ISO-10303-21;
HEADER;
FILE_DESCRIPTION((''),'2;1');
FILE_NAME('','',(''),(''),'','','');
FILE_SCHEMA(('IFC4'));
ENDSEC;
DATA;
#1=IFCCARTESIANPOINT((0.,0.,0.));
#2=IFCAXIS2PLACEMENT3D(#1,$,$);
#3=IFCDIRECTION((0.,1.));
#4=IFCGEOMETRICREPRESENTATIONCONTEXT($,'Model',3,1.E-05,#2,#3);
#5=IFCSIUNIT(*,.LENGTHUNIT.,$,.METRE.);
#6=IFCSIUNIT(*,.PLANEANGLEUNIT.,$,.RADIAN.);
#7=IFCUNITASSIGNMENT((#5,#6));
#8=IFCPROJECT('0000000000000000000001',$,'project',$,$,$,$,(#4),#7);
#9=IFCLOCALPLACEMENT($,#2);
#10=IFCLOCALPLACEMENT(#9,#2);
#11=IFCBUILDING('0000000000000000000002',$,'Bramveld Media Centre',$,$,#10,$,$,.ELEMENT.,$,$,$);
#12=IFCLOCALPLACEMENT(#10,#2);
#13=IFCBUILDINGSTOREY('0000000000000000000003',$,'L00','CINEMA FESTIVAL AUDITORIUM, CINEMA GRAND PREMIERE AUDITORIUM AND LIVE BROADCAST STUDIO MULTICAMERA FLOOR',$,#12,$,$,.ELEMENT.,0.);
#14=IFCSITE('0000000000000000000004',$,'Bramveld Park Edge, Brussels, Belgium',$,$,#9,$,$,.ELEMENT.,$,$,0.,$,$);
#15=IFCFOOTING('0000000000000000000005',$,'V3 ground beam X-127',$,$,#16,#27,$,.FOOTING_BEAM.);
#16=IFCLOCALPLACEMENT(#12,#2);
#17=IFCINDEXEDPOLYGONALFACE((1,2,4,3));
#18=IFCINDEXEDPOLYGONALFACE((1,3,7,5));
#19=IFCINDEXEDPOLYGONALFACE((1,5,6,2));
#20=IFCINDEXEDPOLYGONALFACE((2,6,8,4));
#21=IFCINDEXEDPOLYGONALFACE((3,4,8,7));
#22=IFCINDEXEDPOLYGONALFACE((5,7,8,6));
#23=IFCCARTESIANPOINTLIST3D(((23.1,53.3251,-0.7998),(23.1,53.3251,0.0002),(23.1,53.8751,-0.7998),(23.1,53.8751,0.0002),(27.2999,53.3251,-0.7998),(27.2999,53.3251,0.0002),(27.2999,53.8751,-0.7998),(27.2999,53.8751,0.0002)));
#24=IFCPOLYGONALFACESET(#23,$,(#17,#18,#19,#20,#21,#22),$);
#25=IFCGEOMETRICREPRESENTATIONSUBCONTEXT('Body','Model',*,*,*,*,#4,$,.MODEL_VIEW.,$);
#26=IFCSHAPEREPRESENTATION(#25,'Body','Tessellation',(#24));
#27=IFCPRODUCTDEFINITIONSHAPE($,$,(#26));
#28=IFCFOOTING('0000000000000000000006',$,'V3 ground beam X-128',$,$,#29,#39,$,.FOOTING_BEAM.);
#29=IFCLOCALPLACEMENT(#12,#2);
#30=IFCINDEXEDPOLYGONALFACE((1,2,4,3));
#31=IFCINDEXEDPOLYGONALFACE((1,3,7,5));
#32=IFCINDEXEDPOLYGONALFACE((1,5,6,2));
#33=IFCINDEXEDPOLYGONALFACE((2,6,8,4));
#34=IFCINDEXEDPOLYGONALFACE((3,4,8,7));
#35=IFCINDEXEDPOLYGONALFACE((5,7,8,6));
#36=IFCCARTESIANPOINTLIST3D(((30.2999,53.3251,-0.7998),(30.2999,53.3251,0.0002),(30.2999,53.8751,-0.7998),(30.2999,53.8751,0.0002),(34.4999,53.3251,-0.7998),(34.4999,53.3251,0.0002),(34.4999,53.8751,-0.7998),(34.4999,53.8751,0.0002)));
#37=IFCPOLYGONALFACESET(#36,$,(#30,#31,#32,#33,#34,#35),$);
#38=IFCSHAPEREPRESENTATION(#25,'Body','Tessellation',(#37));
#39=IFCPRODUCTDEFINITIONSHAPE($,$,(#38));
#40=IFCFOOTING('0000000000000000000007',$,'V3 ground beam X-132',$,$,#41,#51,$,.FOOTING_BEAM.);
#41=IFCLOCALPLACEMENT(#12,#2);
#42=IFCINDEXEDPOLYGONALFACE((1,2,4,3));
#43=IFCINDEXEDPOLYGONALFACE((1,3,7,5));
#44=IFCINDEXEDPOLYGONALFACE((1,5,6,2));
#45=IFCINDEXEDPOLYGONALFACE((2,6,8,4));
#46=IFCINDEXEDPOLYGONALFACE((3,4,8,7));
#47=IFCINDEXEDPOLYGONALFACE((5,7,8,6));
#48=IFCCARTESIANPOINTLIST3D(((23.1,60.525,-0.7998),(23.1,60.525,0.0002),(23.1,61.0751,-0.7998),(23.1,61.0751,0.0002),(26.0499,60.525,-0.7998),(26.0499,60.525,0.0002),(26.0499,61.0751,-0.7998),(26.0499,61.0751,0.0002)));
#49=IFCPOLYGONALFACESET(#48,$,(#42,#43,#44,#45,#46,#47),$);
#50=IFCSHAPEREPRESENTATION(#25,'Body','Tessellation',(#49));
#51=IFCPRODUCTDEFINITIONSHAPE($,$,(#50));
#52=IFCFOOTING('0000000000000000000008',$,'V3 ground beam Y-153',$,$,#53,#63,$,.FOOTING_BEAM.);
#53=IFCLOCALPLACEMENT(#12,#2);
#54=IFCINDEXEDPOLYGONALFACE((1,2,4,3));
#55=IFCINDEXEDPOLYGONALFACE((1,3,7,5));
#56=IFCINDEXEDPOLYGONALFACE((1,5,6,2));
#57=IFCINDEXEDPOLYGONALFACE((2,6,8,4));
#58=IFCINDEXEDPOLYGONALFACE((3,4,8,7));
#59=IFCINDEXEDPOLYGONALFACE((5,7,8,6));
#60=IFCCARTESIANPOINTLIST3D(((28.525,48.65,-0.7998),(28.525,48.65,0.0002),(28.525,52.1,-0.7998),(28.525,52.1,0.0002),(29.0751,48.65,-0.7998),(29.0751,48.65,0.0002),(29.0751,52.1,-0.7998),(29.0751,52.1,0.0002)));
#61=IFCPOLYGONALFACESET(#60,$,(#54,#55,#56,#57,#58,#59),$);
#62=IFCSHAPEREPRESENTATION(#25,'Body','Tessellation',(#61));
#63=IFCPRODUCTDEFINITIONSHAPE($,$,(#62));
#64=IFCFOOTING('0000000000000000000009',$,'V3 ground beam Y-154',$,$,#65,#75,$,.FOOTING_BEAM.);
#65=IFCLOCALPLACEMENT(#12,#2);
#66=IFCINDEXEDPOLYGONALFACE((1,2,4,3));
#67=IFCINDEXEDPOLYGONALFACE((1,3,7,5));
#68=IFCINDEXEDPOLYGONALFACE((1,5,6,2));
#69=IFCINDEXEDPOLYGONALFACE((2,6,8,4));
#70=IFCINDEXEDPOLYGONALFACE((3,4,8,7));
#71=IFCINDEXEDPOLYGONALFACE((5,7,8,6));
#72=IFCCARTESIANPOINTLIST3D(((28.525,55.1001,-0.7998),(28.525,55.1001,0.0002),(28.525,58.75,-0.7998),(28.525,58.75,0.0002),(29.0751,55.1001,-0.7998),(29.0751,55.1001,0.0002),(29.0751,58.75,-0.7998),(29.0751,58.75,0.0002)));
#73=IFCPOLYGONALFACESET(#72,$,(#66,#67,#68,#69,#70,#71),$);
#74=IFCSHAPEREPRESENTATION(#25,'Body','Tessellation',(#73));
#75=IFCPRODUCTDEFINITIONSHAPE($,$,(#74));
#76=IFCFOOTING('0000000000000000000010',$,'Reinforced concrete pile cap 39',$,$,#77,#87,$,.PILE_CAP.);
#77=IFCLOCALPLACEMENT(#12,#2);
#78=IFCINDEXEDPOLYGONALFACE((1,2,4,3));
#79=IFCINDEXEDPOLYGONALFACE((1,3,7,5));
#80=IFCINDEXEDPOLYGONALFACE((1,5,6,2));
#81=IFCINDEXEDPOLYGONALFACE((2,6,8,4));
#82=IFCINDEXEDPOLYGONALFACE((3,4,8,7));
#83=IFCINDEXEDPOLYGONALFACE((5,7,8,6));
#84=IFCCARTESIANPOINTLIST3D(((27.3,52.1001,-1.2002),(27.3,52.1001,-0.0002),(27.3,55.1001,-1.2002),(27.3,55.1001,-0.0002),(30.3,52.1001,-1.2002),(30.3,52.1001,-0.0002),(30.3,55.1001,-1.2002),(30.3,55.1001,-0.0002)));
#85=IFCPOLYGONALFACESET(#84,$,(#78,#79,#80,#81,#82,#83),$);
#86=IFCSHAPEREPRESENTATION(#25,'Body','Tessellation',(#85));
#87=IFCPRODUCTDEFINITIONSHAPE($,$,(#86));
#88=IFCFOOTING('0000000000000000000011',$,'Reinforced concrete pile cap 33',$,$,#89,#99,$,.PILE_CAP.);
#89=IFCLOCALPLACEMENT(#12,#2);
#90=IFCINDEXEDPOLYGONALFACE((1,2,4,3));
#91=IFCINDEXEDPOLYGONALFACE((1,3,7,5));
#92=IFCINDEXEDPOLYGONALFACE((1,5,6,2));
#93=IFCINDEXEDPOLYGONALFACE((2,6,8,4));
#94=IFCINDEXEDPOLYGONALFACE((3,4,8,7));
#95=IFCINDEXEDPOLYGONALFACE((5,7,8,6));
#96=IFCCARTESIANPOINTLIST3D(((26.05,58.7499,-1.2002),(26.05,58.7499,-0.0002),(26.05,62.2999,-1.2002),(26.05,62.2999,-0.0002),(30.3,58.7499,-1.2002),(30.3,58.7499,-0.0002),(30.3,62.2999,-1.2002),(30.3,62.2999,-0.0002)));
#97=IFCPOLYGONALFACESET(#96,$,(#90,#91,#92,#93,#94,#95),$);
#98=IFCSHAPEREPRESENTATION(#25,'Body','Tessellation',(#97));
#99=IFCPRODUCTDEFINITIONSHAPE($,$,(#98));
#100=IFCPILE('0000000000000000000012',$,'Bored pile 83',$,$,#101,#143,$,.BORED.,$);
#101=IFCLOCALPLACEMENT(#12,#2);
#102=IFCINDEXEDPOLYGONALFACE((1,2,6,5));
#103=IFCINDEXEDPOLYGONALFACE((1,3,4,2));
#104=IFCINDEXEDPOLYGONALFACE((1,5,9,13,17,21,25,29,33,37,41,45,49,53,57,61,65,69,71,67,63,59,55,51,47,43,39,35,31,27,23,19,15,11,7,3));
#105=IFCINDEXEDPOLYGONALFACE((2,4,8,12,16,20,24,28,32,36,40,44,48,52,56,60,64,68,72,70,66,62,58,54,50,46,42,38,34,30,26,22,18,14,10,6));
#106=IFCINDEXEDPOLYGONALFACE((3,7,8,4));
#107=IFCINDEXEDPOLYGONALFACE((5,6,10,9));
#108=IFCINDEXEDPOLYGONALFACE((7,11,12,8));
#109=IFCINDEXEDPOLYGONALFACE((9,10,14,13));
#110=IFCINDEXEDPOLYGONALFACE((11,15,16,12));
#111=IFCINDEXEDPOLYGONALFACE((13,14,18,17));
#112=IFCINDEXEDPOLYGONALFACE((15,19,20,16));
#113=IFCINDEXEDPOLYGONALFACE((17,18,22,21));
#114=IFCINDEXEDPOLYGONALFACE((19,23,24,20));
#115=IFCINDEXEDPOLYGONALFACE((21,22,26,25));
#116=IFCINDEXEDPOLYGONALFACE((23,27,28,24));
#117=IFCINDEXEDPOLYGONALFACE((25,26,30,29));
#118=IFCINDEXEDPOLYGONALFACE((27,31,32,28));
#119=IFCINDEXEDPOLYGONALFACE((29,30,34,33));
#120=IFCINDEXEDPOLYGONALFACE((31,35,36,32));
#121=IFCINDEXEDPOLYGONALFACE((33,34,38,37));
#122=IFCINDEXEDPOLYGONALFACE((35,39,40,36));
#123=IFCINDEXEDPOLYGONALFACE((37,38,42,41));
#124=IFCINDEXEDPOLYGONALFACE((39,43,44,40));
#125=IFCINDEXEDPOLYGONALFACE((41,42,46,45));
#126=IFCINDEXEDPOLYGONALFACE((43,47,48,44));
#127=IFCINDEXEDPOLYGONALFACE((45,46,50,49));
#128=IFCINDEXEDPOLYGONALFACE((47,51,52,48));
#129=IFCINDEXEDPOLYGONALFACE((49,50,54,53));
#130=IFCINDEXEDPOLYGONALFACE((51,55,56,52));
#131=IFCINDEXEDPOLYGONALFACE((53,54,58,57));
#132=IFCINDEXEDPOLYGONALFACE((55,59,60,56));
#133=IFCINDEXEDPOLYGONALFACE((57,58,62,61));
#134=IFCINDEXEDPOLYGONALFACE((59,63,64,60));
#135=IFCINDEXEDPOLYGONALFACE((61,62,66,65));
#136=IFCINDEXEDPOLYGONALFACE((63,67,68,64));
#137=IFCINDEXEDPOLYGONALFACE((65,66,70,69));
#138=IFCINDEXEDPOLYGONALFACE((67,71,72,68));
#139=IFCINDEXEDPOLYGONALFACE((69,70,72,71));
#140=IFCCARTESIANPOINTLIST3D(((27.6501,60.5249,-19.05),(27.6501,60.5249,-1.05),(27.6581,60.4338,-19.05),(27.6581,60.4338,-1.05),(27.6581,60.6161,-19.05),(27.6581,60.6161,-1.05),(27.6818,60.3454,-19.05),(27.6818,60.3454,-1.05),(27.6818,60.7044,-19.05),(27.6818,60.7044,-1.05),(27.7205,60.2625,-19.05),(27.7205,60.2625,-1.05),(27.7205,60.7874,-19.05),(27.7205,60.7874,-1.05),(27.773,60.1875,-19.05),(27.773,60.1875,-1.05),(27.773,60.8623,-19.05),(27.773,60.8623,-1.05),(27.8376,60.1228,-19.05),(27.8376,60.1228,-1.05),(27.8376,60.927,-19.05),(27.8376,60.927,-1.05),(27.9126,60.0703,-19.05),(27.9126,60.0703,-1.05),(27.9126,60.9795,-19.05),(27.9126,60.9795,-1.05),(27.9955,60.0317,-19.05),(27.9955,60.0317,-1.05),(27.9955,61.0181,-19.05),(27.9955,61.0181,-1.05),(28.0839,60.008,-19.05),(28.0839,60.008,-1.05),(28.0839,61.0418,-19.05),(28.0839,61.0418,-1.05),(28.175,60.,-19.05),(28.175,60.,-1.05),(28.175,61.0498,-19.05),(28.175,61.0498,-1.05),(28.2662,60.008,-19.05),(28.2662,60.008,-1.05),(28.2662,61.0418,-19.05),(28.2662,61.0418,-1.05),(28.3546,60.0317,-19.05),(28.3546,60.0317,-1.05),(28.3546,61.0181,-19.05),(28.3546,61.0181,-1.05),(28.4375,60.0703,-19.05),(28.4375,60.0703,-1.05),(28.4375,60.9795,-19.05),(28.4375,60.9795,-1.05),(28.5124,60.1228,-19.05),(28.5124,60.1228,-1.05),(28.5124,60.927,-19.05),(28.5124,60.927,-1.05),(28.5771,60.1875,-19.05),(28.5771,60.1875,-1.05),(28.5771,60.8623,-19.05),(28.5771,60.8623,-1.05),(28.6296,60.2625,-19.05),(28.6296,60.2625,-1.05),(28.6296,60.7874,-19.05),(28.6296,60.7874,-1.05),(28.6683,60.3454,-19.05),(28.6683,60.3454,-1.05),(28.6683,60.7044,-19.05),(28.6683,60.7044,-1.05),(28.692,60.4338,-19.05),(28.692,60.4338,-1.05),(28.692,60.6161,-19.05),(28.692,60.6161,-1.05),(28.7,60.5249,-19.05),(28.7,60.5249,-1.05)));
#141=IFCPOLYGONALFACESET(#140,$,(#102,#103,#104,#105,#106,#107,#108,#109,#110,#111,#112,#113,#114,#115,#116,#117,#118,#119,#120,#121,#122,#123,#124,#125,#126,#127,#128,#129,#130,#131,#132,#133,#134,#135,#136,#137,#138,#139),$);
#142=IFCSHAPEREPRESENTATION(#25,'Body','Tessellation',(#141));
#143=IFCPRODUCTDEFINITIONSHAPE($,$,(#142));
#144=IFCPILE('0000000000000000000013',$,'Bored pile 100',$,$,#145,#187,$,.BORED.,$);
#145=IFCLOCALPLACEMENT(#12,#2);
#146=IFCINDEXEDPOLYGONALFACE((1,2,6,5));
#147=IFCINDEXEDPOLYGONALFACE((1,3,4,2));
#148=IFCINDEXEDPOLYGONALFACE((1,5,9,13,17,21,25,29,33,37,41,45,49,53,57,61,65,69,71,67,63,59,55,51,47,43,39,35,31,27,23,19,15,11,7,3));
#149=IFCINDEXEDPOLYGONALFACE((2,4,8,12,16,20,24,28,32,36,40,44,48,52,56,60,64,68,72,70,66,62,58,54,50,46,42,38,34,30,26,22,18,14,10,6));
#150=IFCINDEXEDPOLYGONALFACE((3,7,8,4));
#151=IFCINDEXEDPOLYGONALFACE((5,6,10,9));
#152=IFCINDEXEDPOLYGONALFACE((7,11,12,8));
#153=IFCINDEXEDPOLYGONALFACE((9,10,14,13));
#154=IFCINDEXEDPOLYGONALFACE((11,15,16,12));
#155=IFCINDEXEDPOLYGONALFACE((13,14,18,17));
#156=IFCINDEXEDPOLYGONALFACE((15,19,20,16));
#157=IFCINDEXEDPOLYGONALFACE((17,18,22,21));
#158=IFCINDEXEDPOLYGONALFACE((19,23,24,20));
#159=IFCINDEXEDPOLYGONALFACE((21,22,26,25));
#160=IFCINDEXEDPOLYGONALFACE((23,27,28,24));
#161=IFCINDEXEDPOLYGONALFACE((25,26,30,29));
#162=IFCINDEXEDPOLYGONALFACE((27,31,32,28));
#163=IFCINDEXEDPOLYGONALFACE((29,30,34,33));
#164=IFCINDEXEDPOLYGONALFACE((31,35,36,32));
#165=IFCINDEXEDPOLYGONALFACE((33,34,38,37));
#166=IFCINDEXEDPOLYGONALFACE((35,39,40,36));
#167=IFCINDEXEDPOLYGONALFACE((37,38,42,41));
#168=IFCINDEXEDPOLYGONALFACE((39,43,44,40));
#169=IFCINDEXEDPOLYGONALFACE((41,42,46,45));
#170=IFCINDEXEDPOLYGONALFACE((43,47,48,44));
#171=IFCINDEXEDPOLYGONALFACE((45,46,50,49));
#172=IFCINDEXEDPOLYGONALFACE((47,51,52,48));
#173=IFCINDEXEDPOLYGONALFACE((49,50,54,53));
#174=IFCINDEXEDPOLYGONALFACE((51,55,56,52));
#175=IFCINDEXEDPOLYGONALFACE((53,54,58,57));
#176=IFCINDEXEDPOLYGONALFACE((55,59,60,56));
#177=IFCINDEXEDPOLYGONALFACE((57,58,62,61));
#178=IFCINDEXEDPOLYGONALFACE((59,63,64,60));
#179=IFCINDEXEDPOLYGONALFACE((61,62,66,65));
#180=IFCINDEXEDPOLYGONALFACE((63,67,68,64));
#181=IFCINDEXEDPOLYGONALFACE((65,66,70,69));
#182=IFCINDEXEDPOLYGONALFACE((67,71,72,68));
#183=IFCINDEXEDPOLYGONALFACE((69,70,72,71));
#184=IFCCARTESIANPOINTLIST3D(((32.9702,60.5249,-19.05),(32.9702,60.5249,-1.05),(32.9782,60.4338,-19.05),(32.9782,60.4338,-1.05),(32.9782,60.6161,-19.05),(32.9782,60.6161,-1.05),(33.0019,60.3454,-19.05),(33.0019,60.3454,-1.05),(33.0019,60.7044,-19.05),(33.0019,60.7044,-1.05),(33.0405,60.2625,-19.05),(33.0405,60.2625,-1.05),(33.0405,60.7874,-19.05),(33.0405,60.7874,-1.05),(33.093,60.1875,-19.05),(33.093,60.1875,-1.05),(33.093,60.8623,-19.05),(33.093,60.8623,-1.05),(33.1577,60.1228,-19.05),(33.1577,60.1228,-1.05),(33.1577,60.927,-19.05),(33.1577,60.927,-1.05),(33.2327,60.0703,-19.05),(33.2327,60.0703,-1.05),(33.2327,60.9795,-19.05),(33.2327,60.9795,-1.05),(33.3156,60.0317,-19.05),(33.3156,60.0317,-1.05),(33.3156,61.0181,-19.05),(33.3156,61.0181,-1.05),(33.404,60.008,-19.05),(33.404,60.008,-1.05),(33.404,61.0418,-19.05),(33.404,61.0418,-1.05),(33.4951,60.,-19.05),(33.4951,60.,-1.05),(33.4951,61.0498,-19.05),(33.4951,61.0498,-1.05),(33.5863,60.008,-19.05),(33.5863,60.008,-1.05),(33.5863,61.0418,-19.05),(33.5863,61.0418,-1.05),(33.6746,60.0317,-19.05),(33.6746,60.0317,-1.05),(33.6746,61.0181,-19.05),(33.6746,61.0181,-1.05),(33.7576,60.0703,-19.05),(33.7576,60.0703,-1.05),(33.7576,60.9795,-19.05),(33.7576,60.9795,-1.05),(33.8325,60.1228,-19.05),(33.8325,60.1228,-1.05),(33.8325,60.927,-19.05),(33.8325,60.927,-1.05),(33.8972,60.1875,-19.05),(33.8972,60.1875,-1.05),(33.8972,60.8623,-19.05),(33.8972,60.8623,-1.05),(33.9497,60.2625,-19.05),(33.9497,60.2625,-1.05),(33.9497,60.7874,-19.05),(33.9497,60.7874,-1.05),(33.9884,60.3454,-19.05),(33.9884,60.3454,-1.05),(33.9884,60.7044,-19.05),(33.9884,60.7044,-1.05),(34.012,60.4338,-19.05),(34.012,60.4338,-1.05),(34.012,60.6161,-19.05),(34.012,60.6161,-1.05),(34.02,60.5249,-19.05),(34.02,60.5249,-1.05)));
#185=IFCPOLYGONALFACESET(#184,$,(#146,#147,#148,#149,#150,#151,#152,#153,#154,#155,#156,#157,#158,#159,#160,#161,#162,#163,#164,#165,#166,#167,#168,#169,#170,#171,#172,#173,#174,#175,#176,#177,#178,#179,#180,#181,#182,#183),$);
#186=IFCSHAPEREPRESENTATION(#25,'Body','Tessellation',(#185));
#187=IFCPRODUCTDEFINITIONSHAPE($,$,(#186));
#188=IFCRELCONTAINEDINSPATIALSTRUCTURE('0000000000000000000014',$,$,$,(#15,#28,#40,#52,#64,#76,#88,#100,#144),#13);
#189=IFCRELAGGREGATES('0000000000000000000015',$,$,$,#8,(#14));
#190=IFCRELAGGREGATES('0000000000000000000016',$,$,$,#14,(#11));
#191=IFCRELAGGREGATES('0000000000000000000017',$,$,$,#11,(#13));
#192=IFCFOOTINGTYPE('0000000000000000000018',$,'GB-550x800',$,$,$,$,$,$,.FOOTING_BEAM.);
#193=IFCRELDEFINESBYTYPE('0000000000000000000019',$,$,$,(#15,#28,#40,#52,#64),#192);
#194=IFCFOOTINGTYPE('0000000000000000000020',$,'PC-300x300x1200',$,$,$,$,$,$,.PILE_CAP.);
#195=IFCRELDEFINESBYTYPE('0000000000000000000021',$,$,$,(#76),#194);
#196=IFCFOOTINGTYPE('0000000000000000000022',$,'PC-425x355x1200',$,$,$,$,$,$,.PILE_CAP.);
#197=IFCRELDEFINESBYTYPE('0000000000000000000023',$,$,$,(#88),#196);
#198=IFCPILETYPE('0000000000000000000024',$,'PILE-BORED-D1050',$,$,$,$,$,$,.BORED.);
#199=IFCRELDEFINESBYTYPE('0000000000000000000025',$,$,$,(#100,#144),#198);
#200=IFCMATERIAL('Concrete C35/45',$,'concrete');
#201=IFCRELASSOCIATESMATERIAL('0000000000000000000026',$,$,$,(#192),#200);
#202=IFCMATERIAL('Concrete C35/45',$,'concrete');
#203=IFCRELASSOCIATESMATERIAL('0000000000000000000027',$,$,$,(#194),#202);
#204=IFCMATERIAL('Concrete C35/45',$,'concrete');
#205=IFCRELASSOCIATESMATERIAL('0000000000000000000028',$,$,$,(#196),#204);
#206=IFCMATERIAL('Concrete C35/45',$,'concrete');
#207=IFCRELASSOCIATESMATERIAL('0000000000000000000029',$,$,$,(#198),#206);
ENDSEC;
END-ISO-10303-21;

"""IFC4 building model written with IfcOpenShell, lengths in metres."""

from ifc_helpers import new_model, si_unit, direction, frame, origin, origin_2d, place, context, subcontext, project, spatial, rectangle, circle, extrude, material, material_profile, profile_set, type_object, element, save


model = new_model("IFC4")

# Units and contexts
model_context = context("Model", 3, precision=1e-05, world=origin(), true_north=direction((0.0, 1.0)))
body_context = subcontext(model_context, "Body", "Model", "MODEL_VIEW")
ifc_project = project(units=[si_unit("LENGTHUNIT", "METRE"), si_unit("PLANEANGLEUNIT", "RADIAN")], contexts=[model_context])

# Site, building, storey
site_placement = place(None, origin())
site = spatial("IfcSite", under=ifc_project, at=site_placement, Name="Bramveld Park Edge, Brussels, Belgium", CompositionType="ELEMENT", RefElevation=0.0)
building_placement = place(site_placement, origin())
building = spatial("IfcBuilding", under=site, at=building_placement, Name="Bramveld Media Centre", CompositionType="ELEMENT")
storey_placement = place(building_placement, origin())
storey = spatial("IfcBuildingStorey", under=building, at=storey_placement, Name="L00", Description="CINEMA FESTIVAL AUDITORIUM, CINEMA GRAND PREMIERE AUDITORIUM AND LIVE BROADCAST STUDIO MULTICAMERA FLOOR", CompositionType="ELEMENT", Elevation=0.0)

# Footings
ifc_material_1 = material(Name="Concrete C35/45", Category="concrete")
footing_type_1 = type_object("IfcFootingType", Name="GB-550x800", PredefinedType="FOOTING_BEAM", material=ifc_material_1)
for number, where, z_axis, x_axis, name in (
    (1, (25.2, 53.6001, -0.7998), (0.0, 0.0, 1.0), (1.0, 0.0, 0.0), "V3 ground beam X-127"),
    (2, (32.3999, 53.6001, -0.7998), (0.0, 0.0, 1.0), (1.0, 0.0, 0.0), "V3 ground beam X-128"),
):
    element("IfcFooting", number, at=place(storey_placement, frame(where, z_axis=z_axis, x_axis=x_axis)), inside=storey, type_object=footing_type_1, Name=name, PredefinedType="FOOTING_BEAM", context=body_context, shape_type="SweptSolid", body=[
        extrude(rectangle(XDim=4.2, YDim=0.55, at=origin_2d()), origin(), (0.0, 0.0, 1.0), 0.8),
    ])
footing_1_placement = place(storey_placement, frame((24.575, 60.8, -0.7998), z_axis=(0.0, 0.0, 1.0), x_axis=(1.0, 0.0, 0.0)))
element("IfcFooting", 3, at=footing_1_placement, inside=storey, type_object=footing_type_1, Name="V3 ground beam X-132", PredefinedType="FOOTING_BEAM", context=body_context, shape_type="SweptSolid", body=[
    extrude(rectangle(XDim=2.95, YDim=0.55, at=origin_2d()), origin(), (0.0, 0.0, 1.0), 0.8),
])
footing_2_placement = place(storey_placement, frame((28.8, 50.375, -0.7998), z_axis=(0.0, 0.0, 1.0), x_axis=(1.0, 0.0, 0.0)))
element("IfcFooting", 4, at=footing_2_placement, inside=storey, type_object=footing_type_1, Name="V3 ground beam Y-153", PredefinedType="FOOTING_BEAM", context=body_context, shape_type="SweptSolid", body=[
    extrude(rectangle(XDim=0.55, YDim=3.45, at=origin_2d()), origin(), (0.0, 0.0, 1.0), 0.8),
])
footing_3_placement = place(storey_placement, frame((28.8, 56.925, -0.7998), z_axis=(0.0, 0.0, 1.0), x_axis=(1.0, 0.0, 0.0)))
element("IfcFooting", 5, at=footing_3_placement, inside=storey, type_object=footing_type_1, Name="V3 ground beam Y-154", PredefinedType="FOOTING_BEAM", context=body_context, shape_type="SweptSolid", body=[
    extrude(rectangle(XDim=0.55, YDim=3.6499, at=origin_2d()), origin(), (0.0, 0.0, 1.0), 0.8),
])
ifc_material_2 = material(Name="Concrete C35/45", Category="concrete")
footing_type_2 = type_object("IfcFootingType", Name="PC-300x300x1200", PredefinedType="PILE_CAP", material=ifc_material_2)
footing_4_placement = place(storey_placement, frame((28.8, 53.6001, -1.2002), z_axis=(0.0, 0.0, 1.0), x_axis=(1.0, 0.0, 0.0)))
element("IfcFooting", 6, at=footing_4_placement, inside=storey, type_object=footing_type_2, Name="Reinforced concrete pile cap 39", PredefinedType="PILE_CAP", context=body_context, shape_type="SweptSolid", body=[
    extrude(rectangle(XDim=3.0, YDim=3.0, at=origin_2d()), origin(), (0.0, 0.0, 1.0), 1.2),
])
ifc_material_3 = material(Name="Concrete C35/45", Category="concrete")
footing_type_3 = type_object("IfcFootingType", Name="PC-425x355x1200", PredefinedType="PILE_CAP", material=ifc_material_3)
footing_5_placement = place(storey_placement, frame((28.175, 60.5249, -1.2002), z_axis=(0.0, 0.0, 1.0), x_axis=(1.0, 0.0, 0.0)))
element("IfcFooting", 7, at=footing_5_placement, inside=storey, type_object=footing_type_3, Name="Reinforced concrete pile cap 33", PredefinedType="PILE_CAP", context=body_context, shape_type="SweptSolid", body=[
    extrude(rectangle(XDim=4.25, YDim=3.55, at=origin_2d()), origin(), (0.0, 0.0, 1.0), 1.2),
])

# Piles
ifc_material_4 = material(Name="Concrete C35/45", Category="concrete")
ifc_material_profile_1 = material_profile(ifc_material_4, circle(Radius=0.5249, at=origin_2d()), Name="BORED D1050")
ifc_profile_set_1 = profile_set([ifc_material_profile_1], Name="Concrete C35/45")
pile_type_1 = type_object("IfcPileType", Name="PILE-BORED-D1050", PredefinedType="BORED", material=ifc_profile_set_1)
for number, where, z_axis, x_axis, name in (
    (8, (28.175, 60.5249, -1.05), (0.0, 0.0, -1.0), (1.0, 0.0, 0.0), "Bored pile 83"),
    (9, (33.4951, 60.5249, -1.05), (0.0, 0.0, -1.0), (1.0, 0.0, 0.0), "Bored pile 100"),
):
    element("IfcPile", number, at=place(storey_placement, frame(where, z_axis=z_axis, x_axis=x_axis)), inside=storey, type_object=pile_type_1, Name=name, PredefinedType="BORED", context=body_context, shape_type="SweptSolid", body=[
        extrude(circle(Radius=0.5249, at=origin_2d()), origin(), (0.0, 0.0, 1.0), 18.0),
    ])

save(model, "model.ifc")
